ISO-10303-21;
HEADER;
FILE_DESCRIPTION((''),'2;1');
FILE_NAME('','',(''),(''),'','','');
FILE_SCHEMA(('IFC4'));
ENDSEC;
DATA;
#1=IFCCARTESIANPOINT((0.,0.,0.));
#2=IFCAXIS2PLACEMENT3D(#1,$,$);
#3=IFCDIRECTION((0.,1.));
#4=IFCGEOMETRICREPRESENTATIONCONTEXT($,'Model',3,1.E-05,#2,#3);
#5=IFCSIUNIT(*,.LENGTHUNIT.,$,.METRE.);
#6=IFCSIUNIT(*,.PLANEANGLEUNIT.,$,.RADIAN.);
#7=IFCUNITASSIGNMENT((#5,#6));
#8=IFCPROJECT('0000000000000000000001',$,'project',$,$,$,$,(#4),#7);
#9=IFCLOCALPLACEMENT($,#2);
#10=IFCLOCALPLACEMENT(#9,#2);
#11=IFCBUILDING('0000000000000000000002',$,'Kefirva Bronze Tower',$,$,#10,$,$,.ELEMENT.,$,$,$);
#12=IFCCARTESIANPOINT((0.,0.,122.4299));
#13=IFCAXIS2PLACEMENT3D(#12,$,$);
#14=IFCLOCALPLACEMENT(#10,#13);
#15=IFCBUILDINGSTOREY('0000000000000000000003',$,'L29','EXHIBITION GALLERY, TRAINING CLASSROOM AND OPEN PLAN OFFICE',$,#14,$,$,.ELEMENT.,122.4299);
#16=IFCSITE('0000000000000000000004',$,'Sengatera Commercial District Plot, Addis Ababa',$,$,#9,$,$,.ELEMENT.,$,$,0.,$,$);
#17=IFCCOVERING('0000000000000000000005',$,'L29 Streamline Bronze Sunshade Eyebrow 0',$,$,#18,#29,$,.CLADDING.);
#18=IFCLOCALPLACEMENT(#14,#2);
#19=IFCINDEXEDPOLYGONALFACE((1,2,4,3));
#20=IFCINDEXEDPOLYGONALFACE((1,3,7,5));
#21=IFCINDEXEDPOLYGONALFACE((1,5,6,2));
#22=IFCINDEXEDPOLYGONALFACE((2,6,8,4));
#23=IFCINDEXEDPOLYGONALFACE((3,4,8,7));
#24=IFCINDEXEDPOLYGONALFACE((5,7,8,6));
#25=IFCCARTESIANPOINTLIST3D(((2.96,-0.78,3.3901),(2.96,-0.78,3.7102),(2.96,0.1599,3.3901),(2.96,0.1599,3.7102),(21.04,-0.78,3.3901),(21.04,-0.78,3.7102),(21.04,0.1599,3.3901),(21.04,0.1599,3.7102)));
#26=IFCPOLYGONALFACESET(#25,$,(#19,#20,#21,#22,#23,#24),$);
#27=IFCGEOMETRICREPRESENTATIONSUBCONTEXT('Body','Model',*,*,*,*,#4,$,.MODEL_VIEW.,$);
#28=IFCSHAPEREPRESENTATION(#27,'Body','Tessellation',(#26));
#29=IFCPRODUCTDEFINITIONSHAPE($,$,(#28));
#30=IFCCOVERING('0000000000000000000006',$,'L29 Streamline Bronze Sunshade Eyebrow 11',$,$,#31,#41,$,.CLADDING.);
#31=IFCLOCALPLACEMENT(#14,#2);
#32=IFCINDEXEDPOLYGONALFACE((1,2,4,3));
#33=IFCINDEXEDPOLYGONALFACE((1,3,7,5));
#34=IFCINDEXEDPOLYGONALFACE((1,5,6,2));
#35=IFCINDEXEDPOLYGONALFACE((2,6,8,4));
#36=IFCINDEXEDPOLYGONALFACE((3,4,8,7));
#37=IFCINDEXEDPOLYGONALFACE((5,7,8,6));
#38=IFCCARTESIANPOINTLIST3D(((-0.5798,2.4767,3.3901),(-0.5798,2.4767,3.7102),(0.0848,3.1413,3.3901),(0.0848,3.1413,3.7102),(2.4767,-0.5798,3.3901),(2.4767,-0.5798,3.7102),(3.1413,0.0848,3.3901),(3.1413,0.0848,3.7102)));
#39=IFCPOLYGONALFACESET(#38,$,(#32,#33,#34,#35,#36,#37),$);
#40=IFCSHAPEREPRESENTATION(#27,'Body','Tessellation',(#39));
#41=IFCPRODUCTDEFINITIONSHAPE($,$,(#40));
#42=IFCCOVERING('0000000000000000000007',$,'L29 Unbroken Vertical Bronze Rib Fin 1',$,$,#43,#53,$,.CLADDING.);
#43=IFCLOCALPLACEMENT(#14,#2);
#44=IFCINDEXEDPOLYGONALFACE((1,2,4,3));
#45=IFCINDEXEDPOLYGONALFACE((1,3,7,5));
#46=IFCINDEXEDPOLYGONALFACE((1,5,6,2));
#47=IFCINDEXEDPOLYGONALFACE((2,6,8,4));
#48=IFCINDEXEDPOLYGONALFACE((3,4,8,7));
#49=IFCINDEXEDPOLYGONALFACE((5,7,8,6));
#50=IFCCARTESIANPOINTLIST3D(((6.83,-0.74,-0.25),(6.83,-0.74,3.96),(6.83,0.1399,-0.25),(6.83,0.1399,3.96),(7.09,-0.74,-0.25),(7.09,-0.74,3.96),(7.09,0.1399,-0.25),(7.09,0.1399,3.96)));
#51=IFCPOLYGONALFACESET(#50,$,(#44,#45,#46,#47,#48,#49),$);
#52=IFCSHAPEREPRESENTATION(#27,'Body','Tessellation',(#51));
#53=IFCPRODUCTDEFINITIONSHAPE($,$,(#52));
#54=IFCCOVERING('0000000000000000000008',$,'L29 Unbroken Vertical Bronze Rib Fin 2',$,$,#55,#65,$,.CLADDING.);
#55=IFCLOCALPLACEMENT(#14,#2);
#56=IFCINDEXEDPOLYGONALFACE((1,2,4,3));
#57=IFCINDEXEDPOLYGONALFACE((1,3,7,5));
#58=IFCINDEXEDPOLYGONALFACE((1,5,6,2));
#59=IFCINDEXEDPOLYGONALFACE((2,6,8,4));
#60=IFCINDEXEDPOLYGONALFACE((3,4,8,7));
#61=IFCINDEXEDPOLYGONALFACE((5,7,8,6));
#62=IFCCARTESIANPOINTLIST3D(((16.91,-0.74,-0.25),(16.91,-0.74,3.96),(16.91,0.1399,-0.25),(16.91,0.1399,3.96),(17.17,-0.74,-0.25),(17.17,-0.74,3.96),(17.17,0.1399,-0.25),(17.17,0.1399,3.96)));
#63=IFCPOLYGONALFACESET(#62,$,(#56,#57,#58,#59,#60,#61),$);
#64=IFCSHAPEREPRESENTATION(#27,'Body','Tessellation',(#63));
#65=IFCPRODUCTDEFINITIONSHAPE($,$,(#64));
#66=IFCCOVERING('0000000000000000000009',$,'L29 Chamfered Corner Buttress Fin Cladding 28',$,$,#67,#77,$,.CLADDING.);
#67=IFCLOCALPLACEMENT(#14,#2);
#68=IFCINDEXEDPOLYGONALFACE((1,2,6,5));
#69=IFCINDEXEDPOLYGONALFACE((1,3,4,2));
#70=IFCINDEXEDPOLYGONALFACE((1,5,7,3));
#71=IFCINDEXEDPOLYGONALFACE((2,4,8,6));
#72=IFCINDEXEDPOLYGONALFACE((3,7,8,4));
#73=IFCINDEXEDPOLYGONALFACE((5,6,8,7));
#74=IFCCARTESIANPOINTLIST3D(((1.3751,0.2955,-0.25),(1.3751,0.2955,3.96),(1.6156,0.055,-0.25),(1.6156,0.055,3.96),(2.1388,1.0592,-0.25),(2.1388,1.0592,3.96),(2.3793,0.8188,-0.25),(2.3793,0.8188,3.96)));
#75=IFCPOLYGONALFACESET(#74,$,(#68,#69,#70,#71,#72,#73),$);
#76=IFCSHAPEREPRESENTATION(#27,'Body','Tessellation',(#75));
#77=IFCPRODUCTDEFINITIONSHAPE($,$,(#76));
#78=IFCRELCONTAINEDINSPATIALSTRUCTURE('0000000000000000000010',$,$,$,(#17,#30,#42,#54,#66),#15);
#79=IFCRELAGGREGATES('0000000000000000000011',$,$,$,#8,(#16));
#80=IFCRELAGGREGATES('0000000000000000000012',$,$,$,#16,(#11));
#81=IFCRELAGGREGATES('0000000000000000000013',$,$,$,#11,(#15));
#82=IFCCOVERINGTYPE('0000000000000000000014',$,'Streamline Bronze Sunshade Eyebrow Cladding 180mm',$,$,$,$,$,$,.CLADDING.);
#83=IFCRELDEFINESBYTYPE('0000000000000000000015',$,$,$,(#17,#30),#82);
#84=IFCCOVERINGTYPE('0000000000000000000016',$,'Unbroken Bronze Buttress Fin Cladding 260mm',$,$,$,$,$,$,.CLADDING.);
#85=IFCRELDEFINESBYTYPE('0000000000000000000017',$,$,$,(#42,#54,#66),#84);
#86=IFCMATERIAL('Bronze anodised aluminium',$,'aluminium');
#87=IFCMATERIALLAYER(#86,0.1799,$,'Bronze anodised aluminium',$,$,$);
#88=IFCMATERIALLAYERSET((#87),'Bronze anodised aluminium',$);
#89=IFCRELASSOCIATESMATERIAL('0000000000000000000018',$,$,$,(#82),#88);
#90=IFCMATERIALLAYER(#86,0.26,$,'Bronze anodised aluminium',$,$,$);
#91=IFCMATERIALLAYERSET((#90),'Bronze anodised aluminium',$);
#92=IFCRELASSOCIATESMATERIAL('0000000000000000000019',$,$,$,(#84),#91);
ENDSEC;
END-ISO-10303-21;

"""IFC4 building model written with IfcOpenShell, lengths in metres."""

from ifc_helpers import new_model, si_unit, direction, frame, origin, origin_2d, place, context, subcontext, project, spatial, rectangle, extrude, material, layer, layer_set, type_object, element, save


model = new_model("IFC4")

# Units and contexts
model_context = context("Model", 3, precision=1e-05, world=origin(), true_north=direction((0.0, 1.0)))
body_context = subcontext(model_context, "Body", "Model", "MODEL_VIEW")
ifc_project = project(units=[si_unit("LENGTHUNIT", "METRE"), si_unit("PLANEANGLEUNIT", "RADIAN")], contexts=[model_context])

# Site, building, storey
site_placement = place(None, origin())
site = spatial("IfcSite", under=ifc_project, at=site_placement, Name="Sengatera Commercial District Plot, Addis Ababa", CompositionType="ELEMENT", RefElevation=0.0)
building_placement = place(site_placement, origin())
building = spatial("IfcBuilding", under=site, at=building_placement, Name="Kefirva Bronze Tower", CompositionType="ELEMENT")
storey_placement = place(building_placement, frame((0.0, 0.0, 122.4299)))
storey = spatial("IfcBuildingStorey", under=building, at=storey_placement, Name="L29", Description="EXHIBITION GALLERY, TRAINING CLASSROOM AND OPEN PLAN OFFICE", CompositionType="ELEMENT", Elevation=122.4299)

# Shared definitions
ifc_material_1 = material(Name="Bronze anodised aluminium", Category="aluminium")

# Coverings
ifc_layer_1 = layer(ifc_material_1, 0.1799, Name="Bronze anodised aluminium")
ifc_layer_set_1 = layer_set([ifc_layer_1], Name="Bronze anodised aluminium")
covering_type_1 = type_object("IfcCoveringType", Name="Streamline Bronze Sunshade Eyebrow Cladding 180mm", PredefinedType="CLADDING", material=ifc_layer_set_1)
covering_1_placement = place(storey_placement, frame((12.0, -0.3101, 3.3901), z_axis=(0.0, 0.0, 1.0), x_axis=(1.0, 0.0, 0.0)))
element("IfcCovering", 1, at=covering_1_placement, inside=storey, type_object=covering_type_1, Name="L29 Streamline Bronze Sunshade Eyebrow 0", PredefinedType="CLADDING", context=body_context, shape_type="SweptSolid", body=[
    extrude(rectangle(XDim=18.0801, YDim=0.9399, at=origin_2d()), origin(), (0.0, 0.0, 1.0), 0.3201),
])
covering_2_placement = place(storey_placement, frame((1.2808, 1.2808, 3.3901), z_axis=(0.0, 0.0, 1.0), x_axis=(0.707107, -0.707107, 0.0)))
element("IfcCovering", 2, at=covering_2_placement, inside=storey, type_object=covering_type_1, Name="L29 Streamline Bronze Sunshade Eyebrow 11", PredefinedType="CLADDING", context=body_context, shape_type="SweptSolid", body=[
    extrude(rectangle(XDim=4.3225, YDim=0.9399, at=origin_2d()), origin(), (0.0, 0.0, 1.0), 0.3201),
])
ifc_layer_2 = layer(ifc_material_1, 0.26, Name="Bronze anodised aluminium")
ifc_layer_set_2 = layer_set([ifc_layer_2], Name="Bronze anodised aluminium")
covering_type_2 = type_object("IfcCoveringType", Name="Unbroken Bronze Buttress Fin Cladding 260mm", PredefinedType="CLADDING", material=ifc_layer_set_2)
for number, where, z_axis, x_axis, name in (
    (3, (6.96, -0.3, -0.25), (0.0, 0.0, 1.0), (1.0, 0.0, 0.0), "L29 Unbroken Vertical Bronze Rib Fin 1"),
    (4, (17.04, -0.3, -0.25), (0.0, 0.0, 1.0), (1.0, 0.0, 0.0), "L29 Unbroken Vertical Bronze Rib Fin 2"),
):
    element("IfcCovering", number, at=place(storey_placement, frame(where, z_axis=z_axis, x_axis=x_axis)), inside=storey, type_object=covering_type_2, Name=name, PredefinedType="CLADDING", context=body_context, shape_type="SweptSolid", body=[
        extrude(rectangle(XDim=0.26, YDim=0.8799, at=origin_2d()), origin(), (0.0, 0.0, 1.0), 4.21),
    ])
covering_3_placement = place(storey_placement, frame((1.8772, 0.5571, -0.25), z_axis=(0.0, 0.0, 1.0), x_axis=(0.707107, -0.707107, 0.0)))
element("IfcCovering", 5, at=covering_3_placement, inside=storey, type_object=covering_type_2, Name="L29 Chamfered Corner Buttress Fin Cladding 28", PredefinedType="CLADDING", context=body_context, shape_type="SweptSolid", body=[
    extrude(rectangle(XDim=0.3401, YDim=1.0801, at=origin_2d()), origin(), (0.0, 0.0, 1.0), 4.21),
])

save(model, "model.ifc")
